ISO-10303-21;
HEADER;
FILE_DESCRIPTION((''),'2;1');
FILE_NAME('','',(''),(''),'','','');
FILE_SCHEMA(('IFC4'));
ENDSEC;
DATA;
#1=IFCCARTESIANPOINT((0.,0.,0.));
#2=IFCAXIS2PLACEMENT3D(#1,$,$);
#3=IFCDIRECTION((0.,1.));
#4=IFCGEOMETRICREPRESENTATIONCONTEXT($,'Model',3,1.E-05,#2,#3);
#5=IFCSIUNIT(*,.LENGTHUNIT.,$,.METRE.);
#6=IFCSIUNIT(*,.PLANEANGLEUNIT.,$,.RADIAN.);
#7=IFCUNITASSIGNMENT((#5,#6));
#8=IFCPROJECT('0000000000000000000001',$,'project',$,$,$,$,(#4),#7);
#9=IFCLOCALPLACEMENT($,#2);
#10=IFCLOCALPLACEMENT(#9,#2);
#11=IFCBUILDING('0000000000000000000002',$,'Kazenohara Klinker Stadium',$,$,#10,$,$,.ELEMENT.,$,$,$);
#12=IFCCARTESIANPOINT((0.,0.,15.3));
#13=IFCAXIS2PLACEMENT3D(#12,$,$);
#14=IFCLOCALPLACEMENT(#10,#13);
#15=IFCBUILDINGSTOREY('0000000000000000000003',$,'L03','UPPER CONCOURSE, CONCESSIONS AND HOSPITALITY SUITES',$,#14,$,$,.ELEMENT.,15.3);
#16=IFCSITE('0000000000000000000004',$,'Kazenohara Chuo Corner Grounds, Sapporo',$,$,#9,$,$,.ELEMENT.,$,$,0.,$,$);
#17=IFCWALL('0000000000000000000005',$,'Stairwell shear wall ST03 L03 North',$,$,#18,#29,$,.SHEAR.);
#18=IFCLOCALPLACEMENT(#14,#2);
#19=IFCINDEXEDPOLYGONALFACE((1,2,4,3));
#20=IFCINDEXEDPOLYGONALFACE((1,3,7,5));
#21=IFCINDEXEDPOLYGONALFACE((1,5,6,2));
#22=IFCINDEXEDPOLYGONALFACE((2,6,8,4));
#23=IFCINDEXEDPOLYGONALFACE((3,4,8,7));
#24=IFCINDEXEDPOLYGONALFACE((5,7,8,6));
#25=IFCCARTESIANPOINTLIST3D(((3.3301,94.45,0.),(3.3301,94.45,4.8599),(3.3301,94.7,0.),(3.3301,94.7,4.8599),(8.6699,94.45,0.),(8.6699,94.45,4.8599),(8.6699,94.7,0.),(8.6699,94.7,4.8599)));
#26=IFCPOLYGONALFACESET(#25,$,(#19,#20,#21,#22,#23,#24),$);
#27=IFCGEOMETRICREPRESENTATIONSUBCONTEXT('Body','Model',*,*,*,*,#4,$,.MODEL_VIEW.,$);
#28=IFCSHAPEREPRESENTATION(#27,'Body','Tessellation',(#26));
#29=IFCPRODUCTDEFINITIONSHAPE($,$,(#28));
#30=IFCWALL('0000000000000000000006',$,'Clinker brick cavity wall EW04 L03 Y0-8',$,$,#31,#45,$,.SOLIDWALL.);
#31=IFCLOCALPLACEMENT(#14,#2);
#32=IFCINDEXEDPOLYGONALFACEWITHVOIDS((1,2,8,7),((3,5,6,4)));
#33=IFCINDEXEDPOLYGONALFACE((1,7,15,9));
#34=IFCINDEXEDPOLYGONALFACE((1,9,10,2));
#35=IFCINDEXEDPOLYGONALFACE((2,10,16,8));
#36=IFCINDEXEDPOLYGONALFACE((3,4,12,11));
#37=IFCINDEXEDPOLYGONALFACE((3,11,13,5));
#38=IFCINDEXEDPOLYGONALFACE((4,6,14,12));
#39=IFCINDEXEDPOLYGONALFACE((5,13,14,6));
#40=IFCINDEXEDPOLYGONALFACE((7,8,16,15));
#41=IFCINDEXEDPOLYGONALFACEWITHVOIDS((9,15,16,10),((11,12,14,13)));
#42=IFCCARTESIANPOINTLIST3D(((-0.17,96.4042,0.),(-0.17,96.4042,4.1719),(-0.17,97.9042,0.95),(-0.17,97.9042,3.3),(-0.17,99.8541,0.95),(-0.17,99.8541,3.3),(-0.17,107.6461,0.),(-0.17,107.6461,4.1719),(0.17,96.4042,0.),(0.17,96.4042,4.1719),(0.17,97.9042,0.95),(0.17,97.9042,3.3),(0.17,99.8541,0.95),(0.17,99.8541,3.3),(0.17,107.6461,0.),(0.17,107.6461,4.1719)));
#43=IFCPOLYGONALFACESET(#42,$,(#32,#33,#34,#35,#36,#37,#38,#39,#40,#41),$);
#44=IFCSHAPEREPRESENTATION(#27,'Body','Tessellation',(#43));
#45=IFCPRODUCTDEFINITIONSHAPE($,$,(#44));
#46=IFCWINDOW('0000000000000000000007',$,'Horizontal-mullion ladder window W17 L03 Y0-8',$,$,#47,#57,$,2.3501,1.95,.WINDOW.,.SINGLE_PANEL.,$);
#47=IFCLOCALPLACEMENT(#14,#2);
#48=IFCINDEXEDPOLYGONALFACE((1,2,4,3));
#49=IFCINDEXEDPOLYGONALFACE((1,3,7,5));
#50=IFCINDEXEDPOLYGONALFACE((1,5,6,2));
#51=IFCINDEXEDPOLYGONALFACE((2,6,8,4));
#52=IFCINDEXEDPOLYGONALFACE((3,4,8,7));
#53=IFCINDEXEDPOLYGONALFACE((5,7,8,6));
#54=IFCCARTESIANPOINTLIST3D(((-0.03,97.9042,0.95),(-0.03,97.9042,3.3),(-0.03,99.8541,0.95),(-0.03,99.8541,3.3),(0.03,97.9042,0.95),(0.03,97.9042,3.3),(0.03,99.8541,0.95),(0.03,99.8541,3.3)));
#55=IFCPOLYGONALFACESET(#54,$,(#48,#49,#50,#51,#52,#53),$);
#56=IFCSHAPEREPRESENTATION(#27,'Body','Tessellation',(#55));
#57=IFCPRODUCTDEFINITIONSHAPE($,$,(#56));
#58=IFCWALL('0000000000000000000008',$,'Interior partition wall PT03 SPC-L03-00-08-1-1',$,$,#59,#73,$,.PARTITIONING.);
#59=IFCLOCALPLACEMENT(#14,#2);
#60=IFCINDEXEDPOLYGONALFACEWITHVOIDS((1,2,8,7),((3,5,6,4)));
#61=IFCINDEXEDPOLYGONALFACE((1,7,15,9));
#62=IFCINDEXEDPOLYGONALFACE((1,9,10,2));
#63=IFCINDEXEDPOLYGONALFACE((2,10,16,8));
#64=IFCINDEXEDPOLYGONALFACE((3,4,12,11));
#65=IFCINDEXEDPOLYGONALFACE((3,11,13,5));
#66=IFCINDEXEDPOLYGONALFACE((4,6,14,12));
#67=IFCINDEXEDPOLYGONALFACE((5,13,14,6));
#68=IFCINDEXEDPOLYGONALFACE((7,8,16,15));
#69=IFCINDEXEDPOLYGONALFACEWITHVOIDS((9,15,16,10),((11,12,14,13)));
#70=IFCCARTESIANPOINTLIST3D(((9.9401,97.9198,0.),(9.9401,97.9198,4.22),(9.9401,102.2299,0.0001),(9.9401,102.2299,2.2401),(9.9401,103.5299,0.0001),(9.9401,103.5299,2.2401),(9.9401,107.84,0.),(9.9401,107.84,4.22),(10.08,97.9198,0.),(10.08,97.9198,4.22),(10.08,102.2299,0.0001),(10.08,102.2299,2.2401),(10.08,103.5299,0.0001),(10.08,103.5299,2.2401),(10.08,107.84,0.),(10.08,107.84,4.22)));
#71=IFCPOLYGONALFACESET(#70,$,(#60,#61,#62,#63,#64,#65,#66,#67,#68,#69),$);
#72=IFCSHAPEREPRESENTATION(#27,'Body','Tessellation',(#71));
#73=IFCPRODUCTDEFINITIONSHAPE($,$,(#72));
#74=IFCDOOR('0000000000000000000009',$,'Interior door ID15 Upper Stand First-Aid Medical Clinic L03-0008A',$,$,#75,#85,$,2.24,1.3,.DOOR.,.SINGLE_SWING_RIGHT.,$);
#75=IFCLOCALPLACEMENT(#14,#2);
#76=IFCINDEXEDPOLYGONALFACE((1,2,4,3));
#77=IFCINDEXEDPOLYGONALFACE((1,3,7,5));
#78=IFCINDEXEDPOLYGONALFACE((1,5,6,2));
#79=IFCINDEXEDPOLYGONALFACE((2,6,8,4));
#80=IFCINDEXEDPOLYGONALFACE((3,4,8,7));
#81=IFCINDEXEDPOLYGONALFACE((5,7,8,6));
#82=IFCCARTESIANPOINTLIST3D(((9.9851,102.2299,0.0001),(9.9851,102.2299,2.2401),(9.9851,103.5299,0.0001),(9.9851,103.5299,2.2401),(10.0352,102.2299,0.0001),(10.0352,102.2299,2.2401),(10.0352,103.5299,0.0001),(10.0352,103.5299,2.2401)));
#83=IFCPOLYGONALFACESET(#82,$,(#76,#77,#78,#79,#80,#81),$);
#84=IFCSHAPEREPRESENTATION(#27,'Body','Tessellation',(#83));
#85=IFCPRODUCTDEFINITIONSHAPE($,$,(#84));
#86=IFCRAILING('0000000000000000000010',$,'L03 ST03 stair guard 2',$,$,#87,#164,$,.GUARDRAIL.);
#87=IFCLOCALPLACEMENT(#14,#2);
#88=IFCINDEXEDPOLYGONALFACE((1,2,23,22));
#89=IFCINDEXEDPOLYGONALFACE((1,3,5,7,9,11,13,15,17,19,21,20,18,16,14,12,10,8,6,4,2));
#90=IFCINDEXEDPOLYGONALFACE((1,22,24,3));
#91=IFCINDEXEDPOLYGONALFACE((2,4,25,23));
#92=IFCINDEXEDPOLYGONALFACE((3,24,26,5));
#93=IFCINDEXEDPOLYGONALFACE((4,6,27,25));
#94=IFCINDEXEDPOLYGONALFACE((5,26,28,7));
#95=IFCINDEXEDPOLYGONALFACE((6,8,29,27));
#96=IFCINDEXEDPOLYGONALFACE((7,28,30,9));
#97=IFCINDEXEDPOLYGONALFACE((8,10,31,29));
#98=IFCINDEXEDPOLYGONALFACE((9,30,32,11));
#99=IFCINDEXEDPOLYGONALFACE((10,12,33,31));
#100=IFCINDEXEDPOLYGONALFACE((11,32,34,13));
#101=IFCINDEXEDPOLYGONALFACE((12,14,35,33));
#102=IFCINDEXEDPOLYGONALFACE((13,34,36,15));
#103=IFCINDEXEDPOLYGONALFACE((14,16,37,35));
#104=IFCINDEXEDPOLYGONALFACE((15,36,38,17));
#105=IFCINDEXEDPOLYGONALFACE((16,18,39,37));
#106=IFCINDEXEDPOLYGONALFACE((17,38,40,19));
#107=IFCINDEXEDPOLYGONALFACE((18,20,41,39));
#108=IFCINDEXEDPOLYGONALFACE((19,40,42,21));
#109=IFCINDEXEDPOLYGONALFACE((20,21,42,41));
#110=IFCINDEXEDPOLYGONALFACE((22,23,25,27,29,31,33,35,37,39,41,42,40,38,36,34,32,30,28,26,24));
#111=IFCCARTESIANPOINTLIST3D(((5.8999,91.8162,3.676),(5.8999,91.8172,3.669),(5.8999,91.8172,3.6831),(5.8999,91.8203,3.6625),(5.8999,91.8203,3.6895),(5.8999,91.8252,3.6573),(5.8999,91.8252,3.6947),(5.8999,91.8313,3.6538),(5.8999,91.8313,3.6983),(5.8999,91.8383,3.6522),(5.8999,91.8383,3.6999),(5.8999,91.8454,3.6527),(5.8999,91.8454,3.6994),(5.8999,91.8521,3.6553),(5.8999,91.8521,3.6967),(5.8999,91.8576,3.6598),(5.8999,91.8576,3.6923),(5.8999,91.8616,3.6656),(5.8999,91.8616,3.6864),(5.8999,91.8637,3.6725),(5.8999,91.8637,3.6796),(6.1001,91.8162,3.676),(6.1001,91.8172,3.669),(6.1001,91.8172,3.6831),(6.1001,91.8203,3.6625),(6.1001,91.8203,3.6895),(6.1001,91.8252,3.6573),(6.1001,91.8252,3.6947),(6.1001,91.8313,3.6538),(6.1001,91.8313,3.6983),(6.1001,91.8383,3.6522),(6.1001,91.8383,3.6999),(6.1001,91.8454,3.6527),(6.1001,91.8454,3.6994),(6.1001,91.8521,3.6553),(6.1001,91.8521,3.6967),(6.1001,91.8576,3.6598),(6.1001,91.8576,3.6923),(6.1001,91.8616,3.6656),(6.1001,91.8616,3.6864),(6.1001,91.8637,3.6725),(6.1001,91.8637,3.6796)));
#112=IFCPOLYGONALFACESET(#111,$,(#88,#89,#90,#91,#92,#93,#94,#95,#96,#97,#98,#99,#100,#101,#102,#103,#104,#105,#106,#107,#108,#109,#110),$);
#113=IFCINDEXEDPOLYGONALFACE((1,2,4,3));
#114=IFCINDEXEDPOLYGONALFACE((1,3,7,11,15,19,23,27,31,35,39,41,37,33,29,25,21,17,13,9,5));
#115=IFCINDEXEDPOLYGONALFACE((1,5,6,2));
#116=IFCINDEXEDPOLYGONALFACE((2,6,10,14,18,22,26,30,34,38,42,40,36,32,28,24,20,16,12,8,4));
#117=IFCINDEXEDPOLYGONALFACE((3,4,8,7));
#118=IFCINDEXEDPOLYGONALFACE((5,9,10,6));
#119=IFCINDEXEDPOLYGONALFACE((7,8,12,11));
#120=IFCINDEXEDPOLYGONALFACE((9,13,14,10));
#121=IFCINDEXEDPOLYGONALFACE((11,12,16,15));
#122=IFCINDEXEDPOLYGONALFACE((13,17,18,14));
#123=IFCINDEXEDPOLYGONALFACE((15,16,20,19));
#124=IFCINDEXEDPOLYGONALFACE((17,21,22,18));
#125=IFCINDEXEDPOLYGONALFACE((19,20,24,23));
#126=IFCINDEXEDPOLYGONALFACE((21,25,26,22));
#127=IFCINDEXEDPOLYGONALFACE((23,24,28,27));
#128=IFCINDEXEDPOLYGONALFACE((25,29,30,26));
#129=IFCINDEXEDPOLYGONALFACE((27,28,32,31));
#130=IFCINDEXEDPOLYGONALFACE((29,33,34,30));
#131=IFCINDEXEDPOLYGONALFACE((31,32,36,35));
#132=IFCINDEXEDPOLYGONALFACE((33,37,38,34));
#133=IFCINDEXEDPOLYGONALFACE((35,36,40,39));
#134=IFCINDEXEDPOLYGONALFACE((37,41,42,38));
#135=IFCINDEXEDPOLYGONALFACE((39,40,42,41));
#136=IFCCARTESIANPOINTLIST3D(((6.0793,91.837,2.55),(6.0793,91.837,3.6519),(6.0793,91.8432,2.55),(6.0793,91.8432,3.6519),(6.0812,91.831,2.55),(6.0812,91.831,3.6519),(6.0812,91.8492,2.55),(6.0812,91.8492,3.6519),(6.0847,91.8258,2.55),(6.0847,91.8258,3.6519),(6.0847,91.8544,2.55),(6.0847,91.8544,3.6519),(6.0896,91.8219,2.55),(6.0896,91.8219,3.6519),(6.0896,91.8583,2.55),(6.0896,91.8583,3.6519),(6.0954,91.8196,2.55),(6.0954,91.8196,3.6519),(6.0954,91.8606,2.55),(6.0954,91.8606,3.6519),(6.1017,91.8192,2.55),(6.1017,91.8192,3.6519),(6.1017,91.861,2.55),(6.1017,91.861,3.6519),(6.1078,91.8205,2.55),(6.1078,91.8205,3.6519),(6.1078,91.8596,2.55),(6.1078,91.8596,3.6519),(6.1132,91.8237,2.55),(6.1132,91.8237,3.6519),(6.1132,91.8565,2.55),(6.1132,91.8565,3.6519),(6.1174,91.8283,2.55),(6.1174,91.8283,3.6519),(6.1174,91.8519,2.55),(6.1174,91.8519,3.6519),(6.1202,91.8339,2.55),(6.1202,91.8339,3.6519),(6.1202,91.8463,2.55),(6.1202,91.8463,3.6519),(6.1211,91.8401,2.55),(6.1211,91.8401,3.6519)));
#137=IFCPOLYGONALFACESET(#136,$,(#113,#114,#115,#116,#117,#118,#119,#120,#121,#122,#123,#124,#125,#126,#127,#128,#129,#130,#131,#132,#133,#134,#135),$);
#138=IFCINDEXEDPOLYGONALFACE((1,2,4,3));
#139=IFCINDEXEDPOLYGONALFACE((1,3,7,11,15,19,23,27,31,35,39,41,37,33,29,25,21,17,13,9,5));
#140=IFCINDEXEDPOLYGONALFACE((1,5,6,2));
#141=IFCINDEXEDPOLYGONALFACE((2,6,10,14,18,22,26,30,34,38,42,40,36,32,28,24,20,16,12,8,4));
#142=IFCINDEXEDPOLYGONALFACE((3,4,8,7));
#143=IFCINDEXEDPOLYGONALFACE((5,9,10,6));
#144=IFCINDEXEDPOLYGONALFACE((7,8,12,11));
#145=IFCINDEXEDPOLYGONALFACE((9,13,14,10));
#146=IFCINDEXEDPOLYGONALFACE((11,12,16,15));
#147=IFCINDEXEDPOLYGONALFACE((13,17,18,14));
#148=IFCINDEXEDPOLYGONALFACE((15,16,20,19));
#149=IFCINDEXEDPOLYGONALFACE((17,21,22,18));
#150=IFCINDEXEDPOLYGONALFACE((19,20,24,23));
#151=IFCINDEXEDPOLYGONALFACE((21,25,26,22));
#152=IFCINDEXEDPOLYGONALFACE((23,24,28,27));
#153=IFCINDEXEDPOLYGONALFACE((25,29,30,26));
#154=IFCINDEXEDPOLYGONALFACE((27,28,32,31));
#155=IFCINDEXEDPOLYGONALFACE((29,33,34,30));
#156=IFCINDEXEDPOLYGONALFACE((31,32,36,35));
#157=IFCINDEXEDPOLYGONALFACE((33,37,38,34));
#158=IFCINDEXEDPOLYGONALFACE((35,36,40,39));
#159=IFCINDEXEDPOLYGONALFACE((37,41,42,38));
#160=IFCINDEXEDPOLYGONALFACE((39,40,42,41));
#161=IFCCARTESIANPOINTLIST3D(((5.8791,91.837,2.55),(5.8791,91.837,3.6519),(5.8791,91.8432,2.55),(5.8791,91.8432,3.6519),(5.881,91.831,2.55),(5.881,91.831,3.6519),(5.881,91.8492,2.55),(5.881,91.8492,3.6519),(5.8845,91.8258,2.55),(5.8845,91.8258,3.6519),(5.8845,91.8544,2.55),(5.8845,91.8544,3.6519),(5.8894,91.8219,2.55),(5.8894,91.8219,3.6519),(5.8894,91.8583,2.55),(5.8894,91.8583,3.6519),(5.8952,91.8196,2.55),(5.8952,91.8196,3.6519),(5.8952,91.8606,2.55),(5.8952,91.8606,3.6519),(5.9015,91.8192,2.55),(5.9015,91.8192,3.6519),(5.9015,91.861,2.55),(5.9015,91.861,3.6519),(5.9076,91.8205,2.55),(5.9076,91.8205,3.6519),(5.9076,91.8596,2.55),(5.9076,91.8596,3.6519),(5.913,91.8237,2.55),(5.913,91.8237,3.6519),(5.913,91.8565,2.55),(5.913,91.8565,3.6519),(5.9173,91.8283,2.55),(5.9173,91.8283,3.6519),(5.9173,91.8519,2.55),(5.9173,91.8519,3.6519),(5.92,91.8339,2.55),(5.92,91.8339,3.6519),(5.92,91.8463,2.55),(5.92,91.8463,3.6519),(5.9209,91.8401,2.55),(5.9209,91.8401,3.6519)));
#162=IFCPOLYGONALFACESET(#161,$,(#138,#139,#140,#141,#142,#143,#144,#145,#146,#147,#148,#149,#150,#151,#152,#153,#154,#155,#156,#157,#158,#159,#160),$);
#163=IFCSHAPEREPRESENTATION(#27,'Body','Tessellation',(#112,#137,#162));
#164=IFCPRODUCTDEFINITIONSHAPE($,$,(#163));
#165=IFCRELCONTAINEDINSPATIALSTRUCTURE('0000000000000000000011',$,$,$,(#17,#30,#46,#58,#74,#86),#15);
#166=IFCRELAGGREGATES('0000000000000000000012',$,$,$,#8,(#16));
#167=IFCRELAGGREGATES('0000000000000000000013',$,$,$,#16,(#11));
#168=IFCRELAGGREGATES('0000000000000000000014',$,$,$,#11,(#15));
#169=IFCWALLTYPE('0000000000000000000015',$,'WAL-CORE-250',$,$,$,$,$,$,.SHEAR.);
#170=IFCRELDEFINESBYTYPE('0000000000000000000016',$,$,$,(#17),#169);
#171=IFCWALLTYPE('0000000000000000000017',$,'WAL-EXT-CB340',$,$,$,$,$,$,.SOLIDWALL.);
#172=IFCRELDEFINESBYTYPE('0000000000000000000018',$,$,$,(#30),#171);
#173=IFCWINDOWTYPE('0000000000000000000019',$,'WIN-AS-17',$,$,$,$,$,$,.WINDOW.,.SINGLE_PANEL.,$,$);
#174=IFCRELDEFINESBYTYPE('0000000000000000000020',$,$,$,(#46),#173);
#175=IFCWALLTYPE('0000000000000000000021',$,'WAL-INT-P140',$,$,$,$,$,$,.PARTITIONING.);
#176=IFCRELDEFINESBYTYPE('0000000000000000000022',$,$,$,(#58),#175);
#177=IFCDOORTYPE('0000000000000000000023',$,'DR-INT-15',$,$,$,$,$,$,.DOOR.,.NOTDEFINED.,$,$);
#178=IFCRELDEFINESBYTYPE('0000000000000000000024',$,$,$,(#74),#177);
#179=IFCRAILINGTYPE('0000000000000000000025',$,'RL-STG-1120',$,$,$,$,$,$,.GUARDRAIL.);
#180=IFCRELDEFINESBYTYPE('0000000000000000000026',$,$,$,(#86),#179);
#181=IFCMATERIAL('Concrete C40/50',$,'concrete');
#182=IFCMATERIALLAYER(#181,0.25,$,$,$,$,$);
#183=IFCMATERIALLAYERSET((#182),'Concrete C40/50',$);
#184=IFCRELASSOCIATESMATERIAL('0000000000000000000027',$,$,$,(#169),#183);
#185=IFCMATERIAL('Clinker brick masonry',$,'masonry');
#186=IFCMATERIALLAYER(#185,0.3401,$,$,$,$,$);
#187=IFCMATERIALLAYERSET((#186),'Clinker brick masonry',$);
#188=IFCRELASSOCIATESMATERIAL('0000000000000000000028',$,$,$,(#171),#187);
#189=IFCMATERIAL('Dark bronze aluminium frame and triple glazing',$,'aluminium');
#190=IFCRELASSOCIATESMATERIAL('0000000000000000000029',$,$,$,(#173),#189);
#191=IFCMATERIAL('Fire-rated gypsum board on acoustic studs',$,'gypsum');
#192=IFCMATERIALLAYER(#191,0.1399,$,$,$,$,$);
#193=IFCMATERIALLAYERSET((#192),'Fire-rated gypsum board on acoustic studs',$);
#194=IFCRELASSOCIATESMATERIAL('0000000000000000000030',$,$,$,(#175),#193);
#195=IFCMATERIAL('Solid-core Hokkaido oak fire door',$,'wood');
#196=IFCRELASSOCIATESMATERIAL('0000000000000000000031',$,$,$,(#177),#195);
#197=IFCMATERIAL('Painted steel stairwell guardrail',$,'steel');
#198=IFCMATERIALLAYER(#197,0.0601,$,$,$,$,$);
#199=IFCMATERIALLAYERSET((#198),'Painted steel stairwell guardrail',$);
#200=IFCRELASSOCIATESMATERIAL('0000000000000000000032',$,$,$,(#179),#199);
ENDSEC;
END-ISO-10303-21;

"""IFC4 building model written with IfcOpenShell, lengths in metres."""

from ifc_helpers import new_model, si_unit, direction, frame, frame_2d, origin, origin_2d, place, context, subcontext, project, spatial, rectangle, circle, extrude, material, layer, layer_set, type_object, element, fill, save


model = new_model("IFC4")

# Units and contexts
model_context = context("Model", 3, precision=1e-05, world=origin(), true_north=direction((0.0, 1.0)))
body_context = subcontext(model_context, "Body", "Model", "MODEL_VIEW")
ifc_project = project(units=[si_unit("LENGTHUNIT", "METRE"), si_unit("PLANEANGLEUNIT", "RADIAN")], contexts=[model_context])

# Site, building, storey
site_placement = place(None, origin())
site = spatial("IfcSite", under=ifc_project, at=site_placement, Name="Kazenohara Chuo Corner Grounds, Sapporo", CompositionType="ELEMENT", RefElevation=0.0)
building_placement = place(site_placement, origin())
building = spatial("IfcBuilding", under=site, at=building_placement, Name="Kazenohara Klinker Stadium", CompositionType="ELEMENT")
storey_placement = place(building_placement, frame((0.0, 0.0, 15.3)))
storey = spatial("IfcBuildingStorey", under=building, at=storey_placement, Name="L03", Description="UPPER CONCOURSE, CONCESSIONS AND HOSPITALITY SUITES", CompositionType="ELEMENT", Elevation=15.3)

# Shared definitions
ifc_material_1 = material(Name="Concrete C40/50", Category="concrete")

# Wall
ifc_layer_1 = layer(ifc_material_1, 0.25)
ifc_layer_set_1 = layer_set([ifc_layer_1], Name="Concrete C40/50")
wall_type_1 = type_object("IfcWallType", Name="WAL-CORE-250", PredefinedType="SHEAR", material=ifc_layer_set_1)
wall_1_placement = place(storey_placement, frame((3.3301, 94.575, 0.0), z_axis=(0.0, 0.0, 1.0), x_axis=(1.0, 0.0, 0.0)))
element("IfcWall", 1, at=wall_1_placement, inside=storey, type_object=wall_type_1, Name="Stairwell shear wall ST03 L03 North", PredefinedType="SHEAR", context=body_context, shape_type="SweptSolid", body=[
    extrude(rectangle(XDim=5.3398, YDim=0.25, at=frame_2d((2.6699, 0.0))), origin(), (0.0, 0.0, 1.0), 4.8599),
])

# Wall, opening, window
ifc_material_2 = material(Name="Clinker brick masonry", Category="masonry")
ifc_layer_2 = layer(ifc_material_2, 0.3401)
ifc_layer_set_2 = layer_set([ifc_layer_2], Name="Clinker brick masonry")
wall_type_2 = type_object("IfcWallType", Name="WAL-EXT-CB340", PredefinedType="SOLIDWALL", material=ifc_layer_set_2)
wall_2_placement = place(storey_placement, frame((0.0, 96.4041, 0.0), z_axis=(0.0, 0.0, 1.0), x_axis=(0.0, 1.0, 0.0)))
wall_2 = element("IfcWall", 2, at=wall_2_placement, inside=storey, type_object=wall_type_2, Name="Clinker brick cavity wall EW04 L03 Y0-8", PredefinedType="SOLIDWALL", context=body_context, shape_type="SweptSolid", body=[
    extrude(rectangle(XDim=11.2419, YDim=0.3401, at=frame_2d((5.6211, 0.0))), origin(), (0.0, 0.0, 1.0), 4.1719),
])
opening_1_placement = place(wall_2_placement, frame((1.5, 0.0, 0.95)))
opening_1 = element("IfcOpeningElement", 3, at=opening_1_placement, cuts=wall_2, PredefinedType="OPENING", context=body_context, shape_type="SweptSolid", body=[
    extrude(rectangle(XDim=1.95, YDim=2.3501, at=frame_2d((0.9751, 1.175))), frame((0.0, 0.1802, 0.0), z_axis=(0.0, -1.0, 0.0), x_axis=(1.0, 0.0, 0.0)), (0.0, 0.0, 1.0), 0.3601),
])
ifc_material_3 = material(Name="Dark bronze aluminium frame and triple glazing", Category="aluminium")
window_type = type_object("IfcWindowType", Name="WIN-AS-17", PartitioningType="SINGLE_PANEL", PredefinedType="WINDOW", material=ifc_material_3)
window_placement = place(opening_1_placement, origin())
window = element("IfcWindow", 4, at=window_placement, inside=storey, type_object=window_type, Name="Horizontal-mullion ladder window W17 L03 Y0-8", OverallHeight=2.3501, OverallWidth=1.95, PartitioningType="SINGLE_PANEL", PredefinedType="WINDOW", context=body_context, shape_type="SweptSolid", body=[
    extrude(rectangle(XDim=1.95, YDim=2.3501, at=frame_2d((0.9751, 1.175))), frame((0.0, 0.03, 0.0), z_axis=(0.0, -1.0, 0.0), x_axis=(1.0, 0.0, 0.0)), (0.0, 0.0, 1.0), 0.0601),
])
fill(opening_1, window)

# Wall, opening, door
ifc_material_4 = material(Name="Fire-rated gypsum board on acoustic studs", Category="gypsum")
ifc_layer_3 = layer(ifc_material_4, 0.1399)
ifc_layer_set_3 = layer_set([ifc_layer_3], Name="Fire-rated gypsum board on acoustic studs")
wall_type_3 = type_object("IfcWallType", Name="WAL-INT-P140", PredefinedType="PARTITIONING", material=ifc_layer_set_3)
wall_3_placement = place(storey_placement, frame((10.01, 97.9199, 0.0), z_axis=(0.0, 0.0, 1.0), x_axis=(0.0, 1.0, 0.0)))
wall_3 = element("IfcWall", 5, at=wall_3_placement, inside=storey, type_object=wall_type_3, Name="Interior partition wall PT03 SPC-L03-00-08-1-1", PredefinedType="PARTITIONING", context=body_context, shape_type="SweptSolid", body=[
    extrude(rectangle(XDim=9.9202, YDim=0.1399, at=frame_2d((4.96, 0.0))), origin(), (0.0, 0.0, 1.0), 4.22),
])
opening_2_placement = place(wall_3_placement, frame((4.3101, 0.0, 0.0)))
opening_2 = element("IfcOpeningElement", 6, at=opening_2_placement, cuts=wall_3, PredefinedType="OPENING", context=body_context, shape_type="SweptSolid", body=[
    extrude(rectangle(XDim=1.3, YDim=2.24, at=frame_2d((0.6499, 1.1201))), frame((0.0, 0.0801, 0.0), z_axis=(0.0, -1.0, 0.0), x_axis=(1.0, 0.0, 0.0)), (0.0, 0.0, 1.0), 0.1599),
])
ifc_material_5 = material(Name="Solid-core Hokkaido oak fire door", Category="wood")
door_type_1 = type_object("IfcDoorType", Name="DR-INT-15", OperationType="NOTDEFINED", PredefinedType="DOOR", material=ifc_material_5)
door_1_placement = place(opening_2_placement, origin())
door_1 = element("IfcDoor", 7, at=door_1_placement, inside=storey, type_object=door_type_1, Name="Interior door ID15 Upper Stand First-Aid Medical Clinic L03-0008A", OperationType="SINGLE_SWING_RIGHT", OverallHeight=2.24, OverallWidth=1.3, PredefinedType="DOOR", context=body_context, shape_type="SweptSolid", body=[
    extrude(rectangle(XDim=1.3, YDim=2.24, at=frame_2d((0.6499, 1.1201))), frame((0.0, 0.0249, 0.0), z_axis=(0.0, -1.0, 0.0), x_axis=(1.0, 0.0, 0.0)), (0.0, 0.0, 1.0), 0.05),
])
fill(opening_2, door_1)

# Railing
ifc_material_6 = material(Name="Painted steel stairwell guardrail", Category="steel")
ifc_layer_4 = layer(ifc_material_6, 0.0601)
ifc_layer_set_4 = layer_set([ifc_layer_4], Name="Painted steel stairwell guardrail")
railing_type = type_object("IfcRailingType", Name="RL-STG-1120", PredefinedType="GUARDRAIL", material=ifc_layer_set_4)
railing_placement = place(storey_placement, frame((6.1001, 91.8401, 2.55)))
element("IfcRailing", 8, at=railing_placement, inside=storey, type_object=railing_type, Name="L03 ST03 stair guard 2", PredefinedType="GUARDRAIL", context=body_context, shape_type="SweptSolid", body=[
    extrude(circle(Radius=0.0239, at=origin_2d()), frame((0.0, 0.0, 1.126), z_axis=(-1.0, 0.0, 0.0), x_axis=(0.0, -1.0, 0.0)), (0.0, 0.0, 1.0), 0.2002),
    extrude(circle(Radius=0.021, at=origin_2d()), origin(), (0.0, 0.0, 1.0), 1.1018),
    extrude(circle(Radius=0.021, at=origin_2d()), frame((-0.2002, 0.0, 0.0)), (0.0, 0.0, 1.0), 1.1018),
])

save(model, "model.ifc")
